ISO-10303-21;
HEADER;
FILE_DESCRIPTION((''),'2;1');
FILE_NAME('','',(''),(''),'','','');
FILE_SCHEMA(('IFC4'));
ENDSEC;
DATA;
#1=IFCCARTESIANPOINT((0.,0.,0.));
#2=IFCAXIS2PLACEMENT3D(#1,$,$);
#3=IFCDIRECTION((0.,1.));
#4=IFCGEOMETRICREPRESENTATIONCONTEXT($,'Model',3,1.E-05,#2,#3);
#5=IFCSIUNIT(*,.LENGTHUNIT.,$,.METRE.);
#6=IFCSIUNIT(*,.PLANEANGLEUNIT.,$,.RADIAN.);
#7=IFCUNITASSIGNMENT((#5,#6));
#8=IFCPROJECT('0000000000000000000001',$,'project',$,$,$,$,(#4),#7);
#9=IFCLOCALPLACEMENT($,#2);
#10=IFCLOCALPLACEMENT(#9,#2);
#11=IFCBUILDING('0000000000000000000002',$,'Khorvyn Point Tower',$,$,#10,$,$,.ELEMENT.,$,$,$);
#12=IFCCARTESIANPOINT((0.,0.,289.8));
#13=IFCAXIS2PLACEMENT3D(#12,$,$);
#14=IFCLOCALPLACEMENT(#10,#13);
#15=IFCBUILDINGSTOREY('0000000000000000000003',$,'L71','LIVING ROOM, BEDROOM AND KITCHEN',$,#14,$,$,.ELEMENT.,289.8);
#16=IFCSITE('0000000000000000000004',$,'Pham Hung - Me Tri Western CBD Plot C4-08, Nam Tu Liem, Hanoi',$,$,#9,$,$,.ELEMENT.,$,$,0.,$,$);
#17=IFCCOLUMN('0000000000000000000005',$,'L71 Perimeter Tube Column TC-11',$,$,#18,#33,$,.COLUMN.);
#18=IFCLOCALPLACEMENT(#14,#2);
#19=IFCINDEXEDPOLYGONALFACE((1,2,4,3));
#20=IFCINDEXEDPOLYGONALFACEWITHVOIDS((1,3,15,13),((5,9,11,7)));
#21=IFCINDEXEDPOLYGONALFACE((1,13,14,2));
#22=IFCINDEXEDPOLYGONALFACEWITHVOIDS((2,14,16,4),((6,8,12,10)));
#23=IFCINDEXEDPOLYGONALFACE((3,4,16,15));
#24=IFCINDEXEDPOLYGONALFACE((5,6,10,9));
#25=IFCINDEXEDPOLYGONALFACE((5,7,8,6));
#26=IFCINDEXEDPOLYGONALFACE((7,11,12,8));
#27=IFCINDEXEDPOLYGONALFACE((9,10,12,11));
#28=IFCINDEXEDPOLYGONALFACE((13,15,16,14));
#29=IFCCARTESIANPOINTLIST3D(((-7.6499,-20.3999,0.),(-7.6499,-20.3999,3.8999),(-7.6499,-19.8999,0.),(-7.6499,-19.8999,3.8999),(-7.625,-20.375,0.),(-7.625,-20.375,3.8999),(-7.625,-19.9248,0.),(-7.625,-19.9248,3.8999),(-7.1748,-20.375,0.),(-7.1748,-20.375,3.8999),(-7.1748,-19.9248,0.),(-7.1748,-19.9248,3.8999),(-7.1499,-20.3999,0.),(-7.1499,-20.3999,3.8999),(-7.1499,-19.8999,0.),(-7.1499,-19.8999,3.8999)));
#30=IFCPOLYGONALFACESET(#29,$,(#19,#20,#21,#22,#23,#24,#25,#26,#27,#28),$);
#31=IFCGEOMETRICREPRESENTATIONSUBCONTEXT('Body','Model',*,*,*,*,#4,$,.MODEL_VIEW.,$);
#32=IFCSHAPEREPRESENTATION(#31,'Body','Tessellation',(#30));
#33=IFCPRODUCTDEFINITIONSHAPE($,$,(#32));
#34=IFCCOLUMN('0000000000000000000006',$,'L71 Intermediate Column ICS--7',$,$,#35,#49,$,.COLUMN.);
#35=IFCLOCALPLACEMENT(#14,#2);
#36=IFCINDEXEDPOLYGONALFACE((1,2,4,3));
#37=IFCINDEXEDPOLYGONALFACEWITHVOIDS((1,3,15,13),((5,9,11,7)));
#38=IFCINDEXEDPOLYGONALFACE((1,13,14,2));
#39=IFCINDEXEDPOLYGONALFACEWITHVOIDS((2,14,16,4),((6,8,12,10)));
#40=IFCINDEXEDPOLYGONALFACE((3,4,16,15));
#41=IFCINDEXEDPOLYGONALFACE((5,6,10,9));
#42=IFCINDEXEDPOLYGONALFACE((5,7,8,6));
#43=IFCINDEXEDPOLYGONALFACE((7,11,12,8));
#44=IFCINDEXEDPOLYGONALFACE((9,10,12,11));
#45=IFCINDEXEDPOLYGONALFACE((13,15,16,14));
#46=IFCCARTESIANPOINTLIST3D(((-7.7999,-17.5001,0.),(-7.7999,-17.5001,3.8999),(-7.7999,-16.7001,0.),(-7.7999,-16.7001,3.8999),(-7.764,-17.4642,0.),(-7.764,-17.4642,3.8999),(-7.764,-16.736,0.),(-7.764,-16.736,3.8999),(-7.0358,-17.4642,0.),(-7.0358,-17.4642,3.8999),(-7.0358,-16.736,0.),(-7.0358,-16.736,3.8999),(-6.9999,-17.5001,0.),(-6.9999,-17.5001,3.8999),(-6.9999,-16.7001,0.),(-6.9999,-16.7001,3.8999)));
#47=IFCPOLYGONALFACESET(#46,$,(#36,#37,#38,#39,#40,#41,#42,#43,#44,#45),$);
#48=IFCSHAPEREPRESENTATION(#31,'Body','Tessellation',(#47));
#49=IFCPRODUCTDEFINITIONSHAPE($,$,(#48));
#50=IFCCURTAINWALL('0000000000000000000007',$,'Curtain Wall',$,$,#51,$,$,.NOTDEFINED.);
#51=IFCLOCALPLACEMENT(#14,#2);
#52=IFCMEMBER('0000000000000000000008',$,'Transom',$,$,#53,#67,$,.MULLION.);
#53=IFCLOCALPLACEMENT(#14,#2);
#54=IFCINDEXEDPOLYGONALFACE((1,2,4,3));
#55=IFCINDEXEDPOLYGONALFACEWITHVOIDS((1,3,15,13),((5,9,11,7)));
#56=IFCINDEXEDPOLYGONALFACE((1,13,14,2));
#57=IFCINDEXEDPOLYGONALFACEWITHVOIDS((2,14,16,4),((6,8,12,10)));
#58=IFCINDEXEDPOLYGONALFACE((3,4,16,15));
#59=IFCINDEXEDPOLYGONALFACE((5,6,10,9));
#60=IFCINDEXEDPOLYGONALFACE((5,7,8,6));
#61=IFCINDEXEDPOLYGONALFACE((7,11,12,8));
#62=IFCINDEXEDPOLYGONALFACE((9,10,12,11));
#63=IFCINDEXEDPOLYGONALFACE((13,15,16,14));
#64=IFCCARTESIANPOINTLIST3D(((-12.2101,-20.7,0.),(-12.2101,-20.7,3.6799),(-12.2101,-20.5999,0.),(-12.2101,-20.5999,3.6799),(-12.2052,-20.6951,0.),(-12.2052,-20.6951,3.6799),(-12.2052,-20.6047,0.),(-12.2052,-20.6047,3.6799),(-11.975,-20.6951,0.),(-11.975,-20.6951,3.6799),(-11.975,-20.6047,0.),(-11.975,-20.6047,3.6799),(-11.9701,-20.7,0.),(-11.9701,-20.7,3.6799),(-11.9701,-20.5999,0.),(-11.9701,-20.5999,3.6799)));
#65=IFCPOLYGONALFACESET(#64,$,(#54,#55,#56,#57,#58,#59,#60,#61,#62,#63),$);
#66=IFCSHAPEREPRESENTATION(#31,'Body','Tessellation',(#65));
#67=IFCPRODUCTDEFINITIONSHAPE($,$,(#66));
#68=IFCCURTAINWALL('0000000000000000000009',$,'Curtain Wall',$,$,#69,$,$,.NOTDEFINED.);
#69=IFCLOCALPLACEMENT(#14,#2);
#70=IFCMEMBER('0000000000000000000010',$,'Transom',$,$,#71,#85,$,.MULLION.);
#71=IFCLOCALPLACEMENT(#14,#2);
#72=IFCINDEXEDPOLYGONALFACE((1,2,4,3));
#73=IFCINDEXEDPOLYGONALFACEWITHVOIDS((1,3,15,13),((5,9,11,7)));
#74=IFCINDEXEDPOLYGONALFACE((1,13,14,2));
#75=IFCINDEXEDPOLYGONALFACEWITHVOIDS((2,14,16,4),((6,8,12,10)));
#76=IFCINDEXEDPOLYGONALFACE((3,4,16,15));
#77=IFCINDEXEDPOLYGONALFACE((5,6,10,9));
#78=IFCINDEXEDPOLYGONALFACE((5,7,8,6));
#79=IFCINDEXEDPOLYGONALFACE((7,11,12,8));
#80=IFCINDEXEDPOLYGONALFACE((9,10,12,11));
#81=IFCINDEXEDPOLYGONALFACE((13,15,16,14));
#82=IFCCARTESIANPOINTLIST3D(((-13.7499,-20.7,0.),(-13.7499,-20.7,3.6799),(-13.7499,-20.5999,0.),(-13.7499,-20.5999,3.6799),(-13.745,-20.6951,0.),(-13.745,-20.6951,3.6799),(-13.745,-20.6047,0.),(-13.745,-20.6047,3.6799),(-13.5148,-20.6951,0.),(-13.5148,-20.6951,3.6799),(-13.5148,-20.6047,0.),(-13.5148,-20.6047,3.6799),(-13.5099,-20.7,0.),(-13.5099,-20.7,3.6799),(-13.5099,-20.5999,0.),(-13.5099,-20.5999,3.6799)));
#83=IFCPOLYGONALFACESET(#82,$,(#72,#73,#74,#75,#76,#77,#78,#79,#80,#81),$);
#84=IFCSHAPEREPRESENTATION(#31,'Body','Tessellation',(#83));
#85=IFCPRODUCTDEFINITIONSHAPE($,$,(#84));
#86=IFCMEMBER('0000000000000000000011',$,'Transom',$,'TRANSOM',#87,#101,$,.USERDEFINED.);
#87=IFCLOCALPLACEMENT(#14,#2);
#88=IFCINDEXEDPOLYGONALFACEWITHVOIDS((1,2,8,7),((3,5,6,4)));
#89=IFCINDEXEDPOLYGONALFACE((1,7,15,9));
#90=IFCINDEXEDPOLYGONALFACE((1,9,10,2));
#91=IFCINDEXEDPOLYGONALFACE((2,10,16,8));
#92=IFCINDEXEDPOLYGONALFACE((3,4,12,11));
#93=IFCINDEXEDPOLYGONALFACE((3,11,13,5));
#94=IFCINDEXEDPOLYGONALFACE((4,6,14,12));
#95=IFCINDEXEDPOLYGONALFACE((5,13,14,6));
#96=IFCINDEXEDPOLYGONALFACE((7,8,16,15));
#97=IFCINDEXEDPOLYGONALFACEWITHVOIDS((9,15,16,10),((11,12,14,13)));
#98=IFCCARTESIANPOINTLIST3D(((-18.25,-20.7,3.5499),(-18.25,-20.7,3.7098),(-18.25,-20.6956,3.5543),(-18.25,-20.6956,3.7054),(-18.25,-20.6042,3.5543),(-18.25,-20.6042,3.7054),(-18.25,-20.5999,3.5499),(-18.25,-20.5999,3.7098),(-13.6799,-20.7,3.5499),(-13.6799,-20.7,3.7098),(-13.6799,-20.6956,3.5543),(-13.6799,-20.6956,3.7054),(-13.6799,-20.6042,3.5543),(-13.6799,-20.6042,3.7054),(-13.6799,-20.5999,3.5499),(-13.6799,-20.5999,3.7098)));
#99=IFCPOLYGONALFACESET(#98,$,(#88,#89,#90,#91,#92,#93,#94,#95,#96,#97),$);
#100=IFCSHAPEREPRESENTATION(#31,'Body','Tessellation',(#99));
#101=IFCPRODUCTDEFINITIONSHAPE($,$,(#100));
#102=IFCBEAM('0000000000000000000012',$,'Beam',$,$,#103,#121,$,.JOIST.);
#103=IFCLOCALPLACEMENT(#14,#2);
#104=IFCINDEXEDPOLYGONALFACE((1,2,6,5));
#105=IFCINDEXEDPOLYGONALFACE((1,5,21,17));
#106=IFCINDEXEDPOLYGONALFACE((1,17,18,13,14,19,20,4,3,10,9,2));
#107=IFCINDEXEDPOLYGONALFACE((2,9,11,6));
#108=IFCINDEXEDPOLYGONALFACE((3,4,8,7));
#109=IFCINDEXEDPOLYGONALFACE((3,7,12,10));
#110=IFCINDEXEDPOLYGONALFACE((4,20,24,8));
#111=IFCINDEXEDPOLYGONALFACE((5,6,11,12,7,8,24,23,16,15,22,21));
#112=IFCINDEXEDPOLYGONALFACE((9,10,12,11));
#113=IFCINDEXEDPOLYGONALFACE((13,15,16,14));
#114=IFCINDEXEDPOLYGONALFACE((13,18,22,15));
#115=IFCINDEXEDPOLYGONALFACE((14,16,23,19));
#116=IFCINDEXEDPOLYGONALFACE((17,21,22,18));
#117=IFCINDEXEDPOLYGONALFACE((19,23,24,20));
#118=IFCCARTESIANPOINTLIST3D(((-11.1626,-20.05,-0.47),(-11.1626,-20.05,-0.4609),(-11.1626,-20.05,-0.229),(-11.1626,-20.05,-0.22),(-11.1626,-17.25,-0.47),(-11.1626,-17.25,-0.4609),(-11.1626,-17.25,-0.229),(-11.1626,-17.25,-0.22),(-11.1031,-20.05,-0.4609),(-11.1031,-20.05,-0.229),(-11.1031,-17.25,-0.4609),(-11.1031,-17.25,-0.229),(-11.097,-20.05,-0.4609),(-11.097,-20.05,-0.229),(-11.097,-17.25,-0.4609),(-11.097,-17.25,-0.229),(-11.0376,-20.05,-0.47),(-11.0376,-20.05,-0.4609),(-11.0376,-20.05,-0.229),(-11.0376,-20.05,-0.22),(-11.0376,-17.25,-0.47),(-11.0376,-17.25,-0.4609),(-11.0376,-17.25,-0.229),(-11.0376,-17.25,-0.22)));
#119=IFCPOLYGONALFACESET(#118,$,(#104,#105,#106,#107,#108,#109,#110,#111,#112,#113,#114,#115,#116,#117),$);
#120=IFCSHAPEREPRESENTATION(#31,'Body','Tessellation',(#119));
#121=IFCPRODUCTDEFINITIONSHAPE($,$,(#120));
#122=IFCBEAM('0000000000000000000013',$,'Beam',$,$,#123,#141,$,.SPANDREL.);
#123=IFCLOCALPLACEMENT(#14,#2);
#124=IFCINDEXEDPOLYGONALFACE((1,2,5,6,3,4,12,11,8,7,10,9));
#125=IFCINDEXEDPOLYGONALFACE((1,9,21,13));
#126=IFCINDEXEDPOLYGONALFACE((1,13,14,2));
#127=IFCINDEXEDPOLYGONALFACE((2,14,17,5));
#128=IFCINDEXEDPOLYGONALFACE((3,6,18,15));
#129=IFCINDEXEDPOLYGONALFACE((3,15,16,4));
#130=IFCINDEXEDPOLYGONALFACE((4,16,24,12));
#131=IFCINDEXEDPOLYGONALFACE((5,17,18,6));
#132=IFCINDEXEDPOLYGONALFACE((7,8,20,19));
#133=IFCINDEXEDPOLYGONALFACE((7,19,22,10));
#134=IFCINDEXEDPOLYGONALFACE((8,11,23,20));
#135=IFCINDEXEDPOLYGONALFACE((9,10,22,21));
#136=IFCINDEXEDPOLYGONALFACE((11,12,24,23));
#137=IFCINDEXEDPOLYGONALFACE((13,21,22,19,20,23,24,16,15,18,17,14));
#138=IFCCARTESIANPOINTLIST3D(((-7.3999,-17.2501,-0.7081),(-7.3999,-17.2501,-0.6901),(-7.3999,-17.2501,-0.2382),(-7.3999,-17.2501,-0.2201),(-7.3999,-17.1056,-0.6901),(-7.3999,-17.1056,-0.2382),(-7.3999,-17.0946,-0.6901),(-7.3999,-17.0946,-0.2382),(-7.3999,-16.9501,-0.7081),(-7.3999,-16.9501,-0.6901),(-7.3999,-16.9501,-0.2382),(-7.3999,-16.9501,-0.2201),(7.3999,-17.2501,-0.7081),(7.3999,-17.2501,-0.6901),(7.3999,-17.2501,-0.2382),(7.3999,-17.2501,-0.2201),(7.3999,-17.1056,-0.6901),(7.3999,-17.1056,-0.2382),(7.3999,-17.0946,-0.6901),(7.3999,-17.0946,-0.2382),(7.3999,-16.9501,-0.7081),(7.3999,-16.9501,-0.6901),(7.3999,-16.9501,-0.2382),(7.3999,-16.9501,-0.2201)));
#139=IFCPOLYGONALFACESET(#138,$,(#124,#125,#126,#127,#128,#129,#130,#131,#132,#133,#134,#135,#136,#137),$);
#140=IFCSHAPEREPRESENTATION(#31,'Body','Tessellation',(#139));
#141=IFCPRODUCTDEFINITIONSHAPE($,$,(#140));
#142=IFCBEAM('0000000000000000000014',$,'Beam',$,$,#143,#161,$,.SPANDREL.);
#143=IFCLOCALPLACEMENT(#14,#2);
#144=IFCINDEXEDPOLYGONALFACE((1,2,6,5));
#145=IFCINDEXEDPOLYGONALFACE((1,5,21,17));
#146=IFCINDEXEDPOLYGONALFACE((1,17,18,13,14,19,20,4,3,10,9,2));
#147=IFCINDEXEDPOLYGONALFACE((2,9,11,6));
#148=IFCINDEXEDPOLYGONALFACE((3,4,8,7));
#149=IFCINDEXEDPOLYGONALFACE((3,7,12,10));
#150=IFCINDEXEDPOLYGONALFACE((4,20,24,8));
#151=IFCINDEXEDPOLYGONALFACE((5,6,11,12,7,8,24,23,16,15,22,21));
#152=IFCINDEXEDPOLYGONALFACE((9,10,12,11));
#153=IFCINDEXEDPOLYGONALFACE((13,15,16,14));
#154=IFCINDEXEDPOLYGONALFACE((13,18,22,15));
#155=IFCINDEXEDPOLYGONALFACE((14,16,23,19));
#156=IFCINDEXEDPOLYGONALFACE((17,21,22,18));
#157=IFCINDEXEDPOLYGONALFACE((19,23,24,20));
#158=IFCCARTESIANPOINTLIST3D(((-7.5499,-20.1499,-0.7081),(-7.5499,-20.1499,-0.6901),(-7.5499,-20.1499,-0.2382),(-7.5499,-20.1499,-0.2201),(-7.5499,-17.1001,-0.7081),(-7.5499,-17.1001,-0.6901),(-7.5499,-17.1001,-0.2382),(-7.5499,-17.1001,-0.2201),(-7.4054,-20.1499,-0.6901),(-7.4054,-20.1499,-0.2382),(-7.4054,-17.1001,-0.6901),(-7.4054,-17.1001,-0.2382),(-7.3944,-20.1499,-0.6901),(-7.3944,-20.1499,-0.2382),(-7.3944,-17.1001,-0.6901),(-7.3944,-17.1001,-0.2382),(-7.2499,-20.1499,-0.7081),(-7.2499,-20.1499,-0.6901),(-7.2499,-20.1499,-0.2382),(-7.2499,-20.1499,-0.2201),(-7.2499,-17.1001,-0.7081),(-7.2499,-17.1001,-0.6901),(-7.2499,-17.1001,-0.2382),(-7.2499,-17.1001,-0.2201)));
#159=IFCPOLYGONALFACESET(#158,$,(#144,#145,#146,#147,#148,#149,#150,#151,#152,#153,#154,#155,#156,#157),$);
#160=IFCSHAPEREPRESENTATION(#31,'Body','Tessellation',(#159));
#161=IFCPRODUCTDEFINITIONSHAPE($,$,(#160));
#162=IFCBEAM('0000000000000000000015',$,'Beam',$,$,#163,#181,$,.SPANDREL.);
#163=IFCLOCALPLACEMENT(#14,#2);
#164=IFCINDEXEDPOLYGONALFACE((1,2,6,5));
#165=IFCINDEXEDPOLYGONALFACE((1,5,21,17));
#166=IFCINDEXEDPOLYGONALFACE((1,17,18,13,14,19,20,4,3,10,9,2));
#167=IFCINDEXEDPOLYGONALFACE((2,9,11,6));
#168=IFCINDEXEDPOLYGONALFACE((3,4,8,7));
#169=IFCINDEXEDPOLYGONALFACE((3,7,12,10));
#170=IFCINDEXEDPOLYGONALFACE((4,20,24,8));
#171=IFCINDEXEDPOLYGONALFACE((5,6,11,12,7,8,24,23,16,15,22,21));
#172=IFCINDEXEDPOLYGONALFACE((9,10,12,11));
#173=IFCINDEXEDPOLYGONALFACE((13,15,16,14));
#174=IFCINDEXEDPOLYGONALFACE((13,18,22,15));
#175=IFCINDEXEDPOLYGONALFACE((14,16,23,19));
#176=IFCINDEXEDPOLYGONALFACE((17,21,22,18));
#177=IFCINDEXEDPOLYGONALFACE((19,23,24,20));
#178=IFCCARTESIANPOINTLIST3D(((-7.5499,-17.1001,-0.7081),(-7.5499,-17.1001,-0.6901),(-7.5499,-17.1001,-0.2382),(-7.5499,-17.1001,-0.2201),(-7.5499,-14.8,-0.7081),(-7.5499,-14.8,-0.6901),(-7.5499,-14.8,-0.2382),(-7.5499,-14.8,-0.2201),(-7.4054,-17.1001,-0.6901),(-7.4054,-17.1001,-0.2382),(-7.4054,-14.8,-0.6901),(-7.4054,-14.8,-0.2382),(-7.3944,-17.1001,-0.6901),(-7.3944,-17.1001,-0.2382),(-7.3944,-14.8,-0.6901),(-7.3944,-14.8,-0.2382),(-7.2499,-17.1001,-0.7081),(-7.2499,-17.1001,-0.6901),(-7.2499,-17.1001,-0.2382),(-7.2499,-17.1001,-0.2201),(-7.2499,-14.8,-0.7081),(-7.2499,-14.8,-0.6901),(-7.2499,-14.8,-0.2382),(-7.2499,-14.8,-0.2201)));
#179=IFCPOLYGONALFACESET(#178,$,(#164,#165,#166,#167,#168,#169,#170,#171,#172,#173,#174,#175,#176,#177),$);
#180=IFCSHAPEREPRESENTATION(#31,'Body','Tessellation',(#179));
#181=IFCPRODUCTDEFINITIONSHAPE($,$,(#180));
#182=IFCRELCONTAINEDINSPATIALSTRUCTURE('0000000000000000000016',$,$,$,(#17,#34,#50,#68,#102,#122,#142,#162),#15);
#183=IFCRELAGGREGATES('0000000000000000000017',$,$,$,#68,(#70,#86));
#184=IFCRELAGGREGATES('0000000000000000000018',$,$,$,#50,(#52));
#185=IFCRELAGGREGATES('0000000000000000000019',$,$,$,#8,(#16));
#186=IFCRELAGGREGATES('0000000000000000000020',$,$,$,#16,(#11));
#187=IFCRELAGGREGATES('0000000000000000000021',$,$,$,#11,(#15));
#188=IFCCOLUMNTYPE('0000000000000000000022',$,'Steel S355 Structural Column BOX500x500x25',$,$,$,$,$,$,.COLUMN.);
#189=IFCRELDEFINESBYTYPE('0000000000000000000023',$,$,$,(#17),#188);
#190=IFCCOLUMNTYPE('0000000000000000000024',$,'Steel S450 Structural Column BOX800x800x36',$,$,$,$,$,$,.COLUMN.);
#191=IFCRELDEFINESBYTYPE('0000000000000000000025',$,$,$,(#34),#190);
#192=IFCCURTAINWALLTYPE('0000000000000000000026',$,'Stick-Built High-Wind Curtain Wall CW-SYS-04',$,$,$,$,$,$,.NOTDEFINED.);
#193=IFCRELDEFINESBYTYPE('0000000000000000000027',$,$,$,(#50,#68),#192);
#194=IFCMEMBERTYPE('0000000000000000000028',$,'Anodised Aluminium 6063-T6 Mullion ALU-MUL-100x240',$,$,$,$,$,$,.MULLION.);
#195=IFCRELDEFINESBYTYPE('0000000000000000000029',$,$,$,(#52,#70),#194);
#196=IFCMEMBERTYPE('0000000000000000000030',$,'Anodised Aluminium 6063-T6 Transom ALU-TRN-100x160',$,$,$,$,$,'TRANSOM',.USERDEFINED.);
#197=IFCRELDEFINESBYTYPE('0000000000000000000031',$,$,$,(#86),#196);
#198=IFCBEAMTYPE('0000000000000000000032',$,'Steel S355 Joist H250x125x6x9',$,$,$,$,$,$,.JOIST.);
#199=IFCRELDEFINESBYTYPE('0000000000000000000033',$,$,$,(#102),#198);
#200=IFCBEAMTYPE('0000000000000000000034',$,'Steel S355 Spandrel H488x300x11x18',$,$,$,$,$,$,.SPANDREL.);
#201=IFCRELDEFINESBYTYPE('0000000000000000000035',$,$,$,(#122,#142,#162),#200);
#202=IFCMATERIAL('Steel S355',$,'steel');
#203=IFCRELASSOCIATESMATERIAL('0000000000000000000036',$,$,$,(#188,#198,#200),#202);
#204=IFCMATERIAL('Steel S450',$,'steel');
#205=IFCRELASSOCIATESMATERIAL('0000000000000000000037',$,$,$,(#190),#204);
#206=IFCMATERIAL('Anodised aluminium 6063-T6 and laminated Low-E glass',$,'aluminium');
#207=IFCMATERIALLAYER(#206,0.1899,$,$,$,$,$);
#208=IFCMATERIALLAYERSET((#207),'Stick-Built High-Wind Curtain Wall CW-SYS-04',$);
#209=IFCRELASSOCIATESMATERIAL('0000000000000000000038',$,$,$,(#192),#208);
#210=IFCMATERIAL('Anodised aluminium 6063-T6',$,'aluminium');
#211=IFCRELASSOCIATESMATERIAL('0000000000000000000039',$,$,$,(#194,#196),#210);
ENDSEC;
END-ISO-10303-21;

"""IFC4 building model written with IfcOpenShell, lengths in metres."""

from ifc_helpers import new_model, si_unit, direction, frame, origin, origin_2d, place, context, subcontext, project, spatial, hollow_rectangle, i_section, extrude, material, layer, layer_set, material_profile, profile_set, type_object, element, aggregate, save


model = new_model("IFC4")

# Units and contexts
model_context = context("Model", 3, precision=1e-05, world=origin(), true_north=direction((0.0, 1.0)))
body_context = subcontext(model_context, "Body", "Model", "MODEL_VIEW")
ifc_project = project(units=[si_unit("LENGTHUNIT", "METRE"), si_unit("PLANEANGLEUNIT", "RADIAN")], contexts=[model_context])

# Site, building, storey
site_placement = place(None, origin())
site = spatial("IfcSite", under=ifc_project, at=site_placement, Name="Pham Hung - Me Tri Western CBD Plot C4-08, Nam Tu Liem, Hanoi", CompositionType="ELEMENT", RefElevation=0.0)
building_placement = place(site_placement, origin())
building = spatial("IfcBuilding", under=site, at=building_placement, Name="Khorvyn Point Tower", CompositionType="ELEMENT")
storey_placement = place(building_placement, frame((0.0, 0.0, 289.8)))
storey = spatial("IfcBuildingStorey", under=building, at=storey_placement, Name="L71", Description="LIVING ROOM, BEDROOM AND KITCHEN", CompositionType="ELEMENT", Elevation=289.8)

# Columns
ifc_material_1 = material(Name="Steel S355", Category="steel")
ifc_material_profile_1 = material_profile(ifc_material_1, hollow_rectangle(XDim=0.5, YDim=0.5, WallThickness=0.0249, at=origin_2d()))
ifc_profile_set_1 = profile_set([ifc_material_profile_1], Name="Steel S355 BOX500x500x25")
column_type_1 = type_object("IfcColumnType", Name="Steel S355 Structural Column BOX500x500x25", PredefinedType="COLUMN", material=ifc_profile_set_1)
column_1_placement = place(storey_placement, frame((-7.3999, -20.1499, 0.0), z_axis=(0.0, 0.0, 1.0), x_axis=(1.0, 0.0, 0.0)))
element("IfcColumn", 1, at=column_1_placement, inside=storey, type_object=column_type_1, Name="L71 Perimeter Tube Column TC-11", PredefinedType="COLUMN", context=body_context, shape_type="SweptSolid", body=[
    extrude(hollow_rectangle(XDim=0.5, YDim=0.5, WallThickness=0.0249, at=origin_2d()), origin(), (0.0, 0.0, 1.0), 3.8999),
])
ifc_material_2 = material(Name="Steel S450", Category="steel")
ifc_material_profile_2 = material_profile(ifc_material_2, hollow_rectangle(XDim=0.8, YDim=0.8, WallThickness=0.0359, at=origin_2d()))
ifc_profile_set_2 = profile_set([ifc_material_profile_2], Name="Steel S450 BOX800x800x36")
column_type_2 = type_object("IfcColumnType", Name="Steel S450 Structural Column BOX800x800x36", PredefinedType="COLUMN", material=ifc_profile_set_2)
column_2_placement = place(storey_placement, frame((-7.3999, -17.1001, 0.0), z_axis=(0.0, 0.0, 1.0), x_axis=(1.0, 0.0, 0.0)))
element("IfcColumn", 2, at=column_2_placement, inside=storey, type_object=column_type_2, Name="L71 Intermediate Column ICS--7", PredefinedType="COLUMN", context=body_context, shape_type="SweptSolid", body=[
    extrude(hollow_rectangle(XDim=0.8, YDim=0.8, WallThickness=0.0359, at=origin_2d()), origin(), (0.0, 0.0, 1.0), 3.8999),
])

# Curtain wall, member
ifc_material_3 = material(Name="Anodised aluminium 6063-T6 and laminated Low-E glass", Category="aluminium")
ifc_layer_1 = layer(ifc_material_3, 0.1899)
ifc_layer_set_1 = layer_set([ifc_layer_1], Name="Stick-Built High-Wind Curtain Wall CW-SYS-04")
curtain_wall_type = type_object("IfcCurtainWallType", Name="Stick-Built High-Wind Curtain Wall CW-SYS-04", PredefinedType="NOTDEFINED", material=ifc_layer_set_1)
curtain_wall_1_placement = place(storey_placement, origin())
curtain_wall_1 = element("IfcCurtainWall", 3, at=curtain_wall_1_placement, inside=storey, type_object=curtain_wall_type, Name="Curtain Wall", PredefinedType="NOTDEFINED")
ifc_material_4 = material(Name="Anodised aluminium 6063-T6", Category="aluminium")
ifc_material_profile_3 = material_profile(ifc_material_4, hollow_rectangle(XDim=0.1001, YDim=0.24, WallThickness=0.0049, at=origin_2d()))
ifc_profile_set_3 = profile_set([ifc_material_profile_3], Name="Anodised aluminium 6063-T6 ALU-MUL-100x240")
member_type_1 = type_object("IfcMemberType", Name="Anodised Aluminium 6063-T6 Mullion ALU-MUL-100x240", PredefinedType="MULLION", material=ifc_profile_set_3)
member_1_placement = place(storey_placement, frame((-12.0901, -20.6499, 0.0), z_axis=(0.0, 0.0, 1.0), x_axis=(0.0, -1.0, 0.0)))
member_1 = element("IfcMember", 4, at=member_1_placement, type_object=member_type_1, Name="Transom", PredefinedType="MULLION", context=body_context, shape_type="SweptSolid", body=[
    extrude(hollow_rectangle(XDim=0.1001, YDim=0.24, WallThickness=0.0049, at=origin_2d()), origin(), (0.0, 0.0, 1.0), 3.6799),
])

# Curtain wall, members
curtain_wall_2_placement = place(storey_placement, origin())
curtain_wall_2 = element("IfcCurtainWall", 5, at=curtain_wall_2_placement, inside=storey, type_object=curtain_wall_type, Name="Curtain Wall", PredefinedType="NOTDEFINED")
member_2_placement = place(storey_placement, frame((-13.6299, -20.6499, 0.0), z_axis=(0.0, 0.0, 1.0), x_axis=(0.0, -1.0, 0.0)))
member_2 = element("IfcMember", 6, at=member_2_placement, type_object=member_type_1, Name="Transom", PredefinedType="MULLION", context=body_context, shape_type="SweptSolid", body=[
    extrude(hollow_rectangle(XDim=0.1001, YDim=0.24, WallThickness=0.0049, at=origin_2d()), origin(), (0.0, 0.0, 1.0), 3.6799),
])
ifc_material_profile_4 = material_profile(ifc_material_4, hollow_rectangle(XDim=0.1001, YDim=0.1599, WallThickness=0.0044, at=origin_2d()))
ifc_profile_set_4 = profile_set([ifc_material_profile_4], Name="Anodised aluminium 6063-T6 ALU-TRN-100x160")
member_type_2 = type_object("IfcMemberType", Name="Anodised Aluminium 6063-T6 Transom ALU-TRN-100x160", ElementType="TRANSOM", PredefinedType="USERDEFINED", material=ifc_profile_set_4)
member_3_placement = place(storey_placement, frame((-13.6799, -20.6499, 3.6299), z_axis=(-1.0, 0.0, 0.0), x_axis=(0.0, -1.0, 0.0)))
member_3 = element("IfcMember", 7, at=member_3_placement, type_object=member_type_2, Name="Transom", ObjectType="TRANSOM", PredefinedType="USERDEFINED", context=body_context, shape_type="SweptSolid", body=[
    extrude(hollow_rectangle(XDim=0.1001, YDim=0.1599, WallThickness=0.0044, at=origin_2d()), origin(), (0.0, 0.0, 1.0), 4.5701),
])
aggregate(curtain_wall_2, [member_2, member_3])

# Beams
ifc_material_profile_5 = material_profile(ifc_material_1, i_section(OverallWidth=0.125, OverallDepth=0.25, WebThickness=0.0061, FlangeThickness=0.009, at=origin_2d()))
ifc_profile_set_5 = profile_set([ifc_material_profile_5], Name="Steel S355 H250x125x6x9")
beam_type_1 = type_object("IfcBeamType", Name="Steel S355 Joist H250x125x6x9", PredefinedType="JOIST", material=ifc_profile_set_5)
beam_1_placement = place(storey_placement, frame((-11.1001, -20.05, -0.345), z_axis=(0.0, 1.0, 0.0), x_axis=(-1.0, 0.0, 0.0)))
element("IfcBeam", 8, at=beam_1_placement, inside=storey, type_object=beam_type_1, Name="Beam", PredefinedType="JOIST", context=body_context, shape_type="SweptSolid", body=[
    extrude(i_section(OverallWidth=0.125, OverallDepth=0.25, WebThickness=0.0061, FlangeThickness=0.009, at=origin_2d()), origin(), (0.0, 0.0, 1.0), 2.8),
])
ifc_material_profile_6 = material_profile(ifc_material_1, i_section(OverallWidth=0.3, OverallDepth=0.488, WebThickness=0.011, FlangeThickness=0.0181, at=origin_2d()))
ifc_profile_set_6 = profile_set([ifc_material_profile_6], Name="Steel S355 H488x300x11x18")
beam_type_2 = type_object("IfcBeamType", Name="Steel S355 Spandrel H488x300x11x18", PredefinedType="SPANDREL", material=ifc_profile_set_6)
beam_2_placement = place(storey_placement, frame((-7.3999, -17.1001, -0.4641), z_axis=(1.0, 0.0, 0.0), x_axis=(0.0, 1.0, 0.0)))
element("IfcBeam", 9, at=beam_2_placement, inside=storey, type_object=beam_type_2, Name="Beam", PredefinedType="SPANDREL", context=body_context, shape_type="SweptSolid", body=[
    extrude(i_section(OverallWidth=0.3, OverallDepth=0.488, WebThickness=0.011, FlangeThickness=0.0181, at=origin_2d()), origin(), (0.0, 0.0, 1.0), 14.7998),
])
beam_3_placement = place(storey_placement, frame((-7.3999, -20.1499, -0.4641), z_axis=(0.0, 1.0, 0.0), x_axis=(-1.0, 0.0, 0.0)))
element("IfcBeam", 10, at=beam_3_placement, inside=storey, type_object=beam_type_2, Name="Beam", PredefinedType="SPANDREL", context=body_context, shape_type="SweptSolid", body=[
    extrude(i_section(OverallWidth=0.3, OverallDepth=0.488, WebThickness=0.011, FlangeThickness=0.0181, at=origin_2d()), origin(), (0.0, 0.0, 1.0), 3.0498),
])
beam_4_placement = place(storey_placement, frame((-7.3999, -17.1001, -0.4641), z_axis=(0.0, 1.0, 0.0), x_axis=(-1.0, 0.0, 0.0)))
element("IfcBeam", 11, at=beam_4_placement, inside=storey, type_object=beam_type_2, Name="Beam", PredefinedType="SPANDREL", context=body_context, shape_type="SweptSolid", body=[
    extrude(i_section(OverallWidth=0.3, OverallDepth=0.488, WebThickness=0.011, FlangeThickness=0.0181, at=origin_2d()), origin(), (0.0, 0.0, 1.0), 2.3),
])

aggregate(curtain_wall_1, [member_1])

save(model, "model.ifc")
